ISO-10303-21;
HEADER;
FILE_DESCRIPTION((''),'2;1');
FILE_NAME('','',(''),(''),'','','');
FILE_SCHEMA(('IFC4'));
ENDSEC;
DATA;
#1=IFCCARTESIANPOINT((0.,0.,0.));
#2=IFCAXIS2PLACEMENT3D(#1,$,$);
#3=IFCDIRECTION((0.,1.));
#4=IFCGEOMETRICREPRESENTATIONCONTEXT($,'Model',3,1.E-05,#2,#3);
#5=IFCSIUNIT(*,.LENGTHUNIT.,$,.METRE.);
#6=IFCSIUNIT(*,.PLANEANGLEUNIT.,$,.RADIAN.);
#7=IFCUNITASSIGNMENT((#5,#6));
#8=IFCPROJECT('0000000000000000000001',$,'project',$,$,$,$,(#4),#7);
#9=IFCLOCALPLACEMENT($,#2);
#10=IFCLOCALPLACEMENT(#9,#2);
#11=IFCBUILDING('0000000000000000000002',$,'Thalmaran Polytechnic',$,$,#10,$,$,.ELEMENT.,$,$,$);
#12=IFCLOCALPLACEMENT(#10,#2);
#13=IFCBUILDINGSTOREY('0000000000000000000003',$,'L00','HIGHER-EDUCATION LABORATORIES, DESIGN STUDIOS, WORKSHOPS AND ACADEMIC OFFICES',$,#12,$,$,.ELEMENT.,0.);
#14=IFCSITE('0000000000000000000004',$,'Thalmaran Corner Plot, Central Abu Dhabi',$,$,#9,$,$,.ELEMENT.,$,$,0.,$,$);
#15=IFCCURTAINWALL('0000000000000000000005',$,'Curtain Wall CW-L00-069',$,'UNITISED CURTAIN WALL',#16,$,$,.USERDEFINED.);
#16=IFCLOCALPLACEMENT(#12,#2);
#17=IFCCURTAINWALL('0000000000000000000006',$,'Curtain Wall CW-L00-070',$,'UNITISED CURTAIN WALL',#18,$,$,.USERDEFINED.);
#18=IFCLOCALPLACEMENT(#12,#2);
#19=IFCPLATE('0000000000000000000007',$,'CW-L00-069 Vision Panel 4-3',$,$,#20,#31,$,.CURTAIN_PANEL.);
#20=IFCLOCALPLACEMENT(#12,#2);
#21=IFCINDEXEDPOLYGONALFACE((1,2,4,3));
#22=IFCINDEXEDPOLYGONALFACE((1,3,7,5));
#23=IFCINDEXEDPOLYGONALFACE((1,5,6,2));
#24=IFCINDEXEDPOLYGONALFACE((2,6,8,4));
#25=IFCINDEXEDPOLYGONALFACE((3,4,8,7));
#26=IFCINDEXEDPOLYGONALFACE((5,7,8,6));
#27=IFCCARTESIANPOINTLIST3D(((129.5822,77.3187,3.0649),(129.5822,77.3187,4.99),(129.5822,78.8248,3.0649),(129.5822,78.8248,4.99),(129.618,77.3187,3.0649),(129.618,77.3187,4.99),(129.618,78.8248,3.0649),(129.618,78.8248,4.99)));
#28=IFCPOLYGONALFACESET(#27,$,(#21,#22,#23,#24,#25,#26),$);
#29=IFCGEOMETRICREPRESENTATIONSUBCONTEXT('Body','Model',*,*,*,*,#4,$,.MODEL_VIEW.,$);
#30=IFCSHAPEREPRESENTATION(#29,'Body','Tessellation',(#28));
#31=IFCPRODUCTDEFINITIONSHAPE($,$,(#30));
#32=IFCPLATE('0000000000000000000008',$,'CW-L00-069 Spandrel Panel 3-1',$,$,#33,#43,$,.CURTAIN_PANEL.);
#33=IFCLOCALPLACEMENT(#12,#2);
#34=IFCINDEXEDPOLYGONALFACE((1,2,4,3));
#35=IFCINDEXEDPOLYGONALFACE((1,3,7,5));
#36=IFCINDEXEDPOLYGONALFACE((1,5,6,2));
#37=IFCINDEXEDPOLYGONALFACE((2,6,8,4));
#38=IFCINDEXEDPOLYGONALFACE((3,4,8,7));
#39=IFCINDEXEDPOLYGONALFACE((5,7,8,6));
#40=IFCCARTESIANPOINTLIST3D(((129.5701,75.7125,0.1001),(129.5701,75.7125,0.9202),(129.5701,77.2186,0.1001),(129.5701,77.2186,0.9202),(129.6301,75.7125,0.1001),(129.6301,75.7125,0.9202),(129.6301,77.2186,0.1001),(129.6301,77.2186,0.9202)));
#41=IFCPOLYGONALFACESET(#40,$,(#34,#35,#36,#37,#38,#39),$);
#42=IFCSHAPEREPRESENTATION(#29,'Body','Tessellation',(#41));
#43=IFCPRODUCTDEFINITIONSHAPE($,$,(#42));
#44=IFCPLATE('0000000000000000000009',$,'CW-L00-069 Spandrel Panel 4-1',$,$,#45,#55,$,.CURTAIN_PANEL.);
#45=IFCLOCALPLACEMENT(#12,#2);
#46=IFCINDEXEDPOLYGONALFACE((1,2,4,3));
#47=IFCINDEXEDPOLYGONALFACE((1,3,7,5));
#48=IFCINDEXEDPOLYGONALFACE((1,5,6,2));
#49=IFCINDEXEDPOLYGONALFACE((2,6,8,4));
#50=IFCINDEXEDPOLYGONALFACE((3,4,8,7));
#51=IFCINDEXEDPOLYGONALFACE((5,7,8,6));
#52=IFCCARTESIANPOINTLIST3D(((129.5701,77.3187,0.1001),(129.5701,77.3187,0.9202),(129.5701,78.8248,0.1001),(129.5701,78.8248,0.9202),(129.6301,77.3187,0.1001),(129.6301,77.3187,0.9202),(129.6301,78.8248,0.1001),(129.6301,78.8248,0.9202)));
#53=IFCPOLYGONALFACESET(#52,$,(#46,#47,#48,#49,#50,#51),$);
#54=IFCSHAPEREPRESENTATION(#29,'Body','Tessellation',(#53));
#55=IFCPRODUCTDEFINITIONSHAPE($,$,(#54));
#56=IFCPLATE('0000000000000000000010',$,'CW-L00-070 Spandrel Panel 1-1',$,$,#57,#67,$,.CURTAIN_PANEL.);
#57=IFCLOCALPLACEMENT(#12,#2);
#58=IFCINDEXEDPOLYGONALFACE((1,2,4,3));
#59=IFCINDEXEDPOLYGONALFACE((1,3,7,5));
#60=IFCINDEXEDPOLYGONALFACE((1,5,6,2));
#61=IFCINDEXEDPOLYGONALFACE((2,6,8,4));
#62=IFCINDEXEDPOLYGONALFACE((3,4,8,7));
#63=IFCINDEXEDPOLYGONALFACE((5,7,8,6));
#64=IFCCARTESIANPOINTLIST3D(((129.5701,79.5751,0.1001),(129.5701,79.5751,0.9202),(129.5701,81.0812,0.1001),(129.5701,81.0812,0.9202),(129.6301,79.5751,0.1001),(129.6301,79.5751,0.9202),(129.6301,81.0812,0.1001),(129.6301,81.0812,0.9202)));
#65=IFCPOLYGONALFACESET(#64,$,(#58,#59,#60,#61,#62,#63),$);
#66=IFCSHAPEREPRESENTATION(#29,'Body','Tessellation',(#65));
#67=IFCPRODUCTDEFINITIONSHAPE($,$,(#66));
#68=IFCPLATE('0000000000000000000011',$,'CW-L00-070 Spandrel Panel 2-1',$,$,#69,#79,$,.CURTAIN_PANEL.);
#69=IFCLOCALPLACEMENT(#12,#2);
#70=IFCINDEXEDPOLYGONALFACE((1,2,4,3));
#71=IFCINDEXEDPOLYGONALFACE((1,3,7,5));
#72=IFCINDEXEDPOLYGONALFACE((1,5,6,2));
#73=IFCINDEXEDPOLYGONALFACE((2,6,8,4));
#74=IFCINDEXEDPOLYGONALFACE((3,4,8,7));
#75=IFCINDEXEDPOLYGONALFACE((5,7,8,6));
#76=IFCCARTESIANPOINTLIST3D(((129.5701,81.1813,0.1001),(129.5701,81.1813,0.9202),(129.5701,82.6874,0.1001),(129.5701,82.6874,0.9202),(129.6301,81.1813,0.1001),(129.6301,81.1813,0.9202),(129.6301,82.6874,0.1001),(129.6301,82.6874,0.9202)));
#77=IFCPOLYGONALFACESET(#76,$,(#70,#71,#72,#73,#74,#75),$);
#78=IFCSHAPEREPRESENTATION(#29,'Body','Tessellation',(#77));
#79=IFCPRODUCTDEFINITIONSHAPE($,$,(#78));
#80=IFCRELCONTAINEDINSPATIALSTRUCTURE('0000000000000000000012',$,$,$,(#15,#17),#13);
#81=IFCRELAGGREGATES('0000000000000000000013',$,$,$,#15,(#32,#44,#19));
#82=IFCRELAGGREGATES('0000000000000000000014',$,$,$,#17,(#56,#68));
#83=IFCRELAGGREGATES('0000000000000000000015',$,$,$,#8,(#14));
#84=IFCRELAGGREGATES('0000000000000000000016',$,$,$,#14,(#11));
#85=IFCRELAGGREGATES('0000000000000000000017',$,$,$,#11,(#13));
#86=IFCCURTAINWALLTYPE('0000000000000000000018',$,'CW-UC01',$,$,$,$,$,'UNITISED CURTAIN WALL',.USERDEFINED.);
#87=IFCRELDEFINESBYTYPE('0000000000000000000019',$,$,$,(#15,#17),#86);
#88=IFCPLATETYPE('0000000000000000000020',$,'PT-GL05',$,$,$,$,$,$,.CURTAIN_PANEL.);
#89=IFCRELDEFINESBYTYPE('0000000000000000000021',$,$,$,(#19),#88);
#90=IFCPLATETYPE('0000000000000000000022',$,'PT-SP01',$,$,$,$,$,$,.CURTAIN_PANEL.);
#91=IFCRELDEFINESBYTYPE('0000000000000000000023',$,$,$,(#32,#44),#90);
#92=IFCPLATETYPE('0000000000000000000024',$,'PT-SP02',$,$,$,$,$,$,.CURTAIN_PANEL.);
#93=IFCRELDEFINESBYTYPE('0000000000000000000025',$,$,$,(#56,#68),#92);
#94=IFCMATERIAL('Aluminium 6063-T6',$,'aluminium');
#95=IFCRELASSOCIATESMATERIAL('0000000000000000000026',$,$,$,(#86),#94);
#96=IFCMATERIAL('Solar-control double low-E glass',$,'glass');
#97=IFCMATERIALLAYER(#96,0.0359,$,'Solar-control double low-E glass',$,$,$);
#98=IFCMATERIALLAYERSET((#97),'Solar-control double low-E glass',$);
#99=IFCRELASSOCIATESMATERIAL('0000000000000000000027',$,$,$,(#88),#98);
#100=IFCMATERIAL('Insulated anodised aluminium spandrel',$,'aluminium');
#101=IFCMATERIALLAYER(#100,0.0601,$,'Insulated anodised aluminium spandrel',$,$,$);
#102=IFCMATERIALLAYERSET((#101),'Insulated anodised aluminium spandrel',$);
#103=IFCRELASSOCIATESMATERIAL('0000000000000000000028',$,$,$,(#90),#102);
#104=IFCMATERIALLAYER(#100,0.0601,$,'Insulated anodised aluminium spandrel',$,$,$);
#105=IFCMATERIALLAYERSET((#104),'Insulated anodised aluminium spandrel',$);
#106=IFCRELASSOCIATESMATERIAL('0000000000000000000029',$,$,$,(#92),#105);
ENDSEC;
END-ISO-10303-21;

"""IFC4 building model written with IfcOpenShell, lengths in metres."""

from ifc_helpers import new_model, si_unit, direction, frame, origin, origin_2d, place, context, subcontext, project, spatial, rectangle, extrude, material, layer, layer_set, type_object, element, aggregate, save


model = new_model("IFC4")

# Units and contexts
model_context = context("Model", 3, precision=1e-05, world=origin(), true_north=direction((0.0, 1.0)))
body_context = subcontext(model_context, "Body", "Model", "MODEL_VIEW")
ifc_project = project(units=[si_unit("LENGTHUNIT", "METRE"), si_unit("PLANEANGLEUNIT", "RADIAN")], contexts=[model_context])

# Site, building, storey
site_placement = place(None, origin())
site = spatial("IfcSite", under=ifc_project, at=site_placement, Name="Thalmaran Corner Plot, Central Abu Dhabi", CompositionType="ELEMENT", RefElevation=0.0)
building_placement = place(site_placement, origin())
building = spatial("IfcBuilding", under=site, at=building_placement, Name="Thalmaran Polytechnic", CompositionType="ELEMENT")
storey_placement = place(building_placement, origin())
storey = spatial("IfcBuildingStorey", under=building, at=storey_placement, Name="L00", Description="HIGHER-EDUCATION LABORATORIES, DESIGN STUDIOS, WORKSHOPS AND ACADEMIC OFFICES", CompositionType="ELEMENT", Elevation=0.0)

# Curtain walls
ifc_material_1 = material(Name="Aluminium 6063-T6", Category="aluminium")
curtain_wall_type = type_object("IfcCurtainWallType", Name="CW-UC01", ElementType="UNITISED CURTAIN WALL", PredefinedType="USERDEFINED", material=ifc_material_1)
curtain_wall_1_placement = place(storey_placement, origin())
curtain_wall_1 = element("IfcCurtainWall", 1, at=curtain_wall_1_placement, inside=storey, type_object=curtain_wall_type, Name="Curtain Wall CW-L00-069", ObjectType="UNITISED CURTAIN WALL", PredefinedType="USERDEFINED")
curtain_wall_2_placement = place(storey_placement, origin())
curtain_wall_2 = element("IfcCurtainWall", 2, at=curtain_wall_2_placement, inside=storey, type_object=curtain_wall_type, Name="Curtain Wall CW-L00-070", ObjectType="UNITISED CURTAIN WALL", PredefinedType="USERDEFINED")

# Plates
ifc_material_2 = material(Name="Solar-control double low-E glass", Category="glass")
ifc_layer_1 = layer(ifc_material_2, 0.0359, Name="Solar-control double low-E glass")
ifc_layer_set_1 = layer_set([ifc_layer_1], Name="Solar-control double low-E glass")
plate_type_1 = type_object("IfcPlateType", Name="PT-GL05", PredefinedType="CURTAIN_PANEL", material=ifc_layer_set_1)
plate_1_placement = place(storey_placement, frame((129.6001, 78.0718, 3.0649), z_axis=(0.0, 0.0, 1.0), x_axis=(0.0, 1.0, 0.0)))
plate_1 = element("IfcPlate", 3, at=plate_1_placement, type_object=plate_type_1, Name="CW-L00-069 Vision Panel 4-3", PredefinedType="CURTAIN_PANEL", context=body_context, shape_type="SweptSolid", body=[
    extrude(rectangle(XDim=1.5061, YDim=0.0359, at=origin_2d()), origin(), (0.0, 0.0, 1.0), 1.925),
])
ifc_material_3 = material(Name="Insulated anodised aluminium spandrel", Category="aluminium")
ifc_layer_2 = layer(ifc_material_3, 0.0601, Name="Insulated anodised aluminium spandrel")
ifc_layer_set_2 = layer_set([ifc_layer_2], Name="Insulated anodised aluminium spandrel")
plate_type_2 = type_object("IfcPlateType", Name="PT-SP01", PredefinedType="CURTAIN_PANEL", material=ifc_layer_set_2)
plate_2_placement = place(storey_placement, frame((129.6001, 76.4656, 0.1001), z_axis=(0.0, 0.0, 1.0), x_axis=(0.0, 1.0, 0.0)))
plate_2 = element("IfcPlate", 4, at=plate_2_placement, type_object=plate_type_2, Name="CW-L00-069 Spandrel Panel 3-1", PredefinedType="CURTAIN_PANEL", context=body_context, shape_type="SweptSolid", body=[
    extrude(rectangle(XDim=1.5061, YDim=0.0601, at=origin_2d()), origin(), (0.0, 0.0, 1.0), 0.8201),
])
plate_3_placement = place(storey_placement, frame((129.6001, 78.0718, 0.1001), z_axis=(0.0, 0.0, 1.0), x_axis=(0.0, 1.0, 0.0)))
plate_3 = element("IfcPlate", 5, at=plate_3_placement, type_object=plate_type_2, Name="CW-L00-069 Spandrel Panel 4-1", PredefinedType="CURTAIN_PANEL", context=body_context, shape_type="SweptSolid", body=[
    extrude(rectangle(XDim=1.5061, YDim=0.0601, at=origin_2d()), origin(), (0.0, 0.0, 1.0), 0.8201),
])
aggregate(curtain_wall_1, [plate_2, plate_3, plate_1])
ifc_layer_3 = layer(ifc_material_3, 0.0601, Name="Insulated anodised aluminium spandrel")
ifc_layer_set_3 = layer_set([ifc_layer_3], Name="Insulated anodised aluminium spandrel")
plate_type_3 = type_object("IfcPlateType", Name="PT-SP02", PredefinedType="CURTAIN_PANEL", material=ifc_layer_set_3)
plate_4_placement = place(storey_placement, frame((129.6001, 80.3281, 0.1001), z_axis=(0.0, 0.0, 1.0), x_axis=(0.0, 1.0, 0.0)))
plate_4 = element("IfcPlate", 6, at=plate_4_placement, type_object=plate_type_3, Name="CW-L00-070 Spandrel Panel 1-1", PredefinedType="CURTAIN_PANEL", context=body_context, shape_type="SweptSolid", body=[
    extrude(rectangle(XDim=1.5061, YDim=0.0601, at=origin_2d()), origin(), (0.0, 0.0, 1.0), 0.8201),
])
plate_5_placement = place(storey_placement, frame((129.6001, 81.9343, 0.1001), z_axis=(0.0, 0.0, 1.0), x_axis=(0.0, 1.0, 0.0)))
plate_5 = element("IfcPlate", 7, at=plate_5_placement, type_object=plate_type_3, Name="CW-L00-070 Spandrel Panel 2-1", PredefinedType="CURTAIN_PANEL", context=body_context, shape_type="SweptSolid", body=[
    extrude(rectangle(XDim=1.5061, YDim=0.0601, at=origin_2d()), origin(), (0.0, 0.0, 1.0), 0.8201),
])
aggregate(curtain_wall_2, [plate_4, plate_5])

save(model, "model.ifc")
